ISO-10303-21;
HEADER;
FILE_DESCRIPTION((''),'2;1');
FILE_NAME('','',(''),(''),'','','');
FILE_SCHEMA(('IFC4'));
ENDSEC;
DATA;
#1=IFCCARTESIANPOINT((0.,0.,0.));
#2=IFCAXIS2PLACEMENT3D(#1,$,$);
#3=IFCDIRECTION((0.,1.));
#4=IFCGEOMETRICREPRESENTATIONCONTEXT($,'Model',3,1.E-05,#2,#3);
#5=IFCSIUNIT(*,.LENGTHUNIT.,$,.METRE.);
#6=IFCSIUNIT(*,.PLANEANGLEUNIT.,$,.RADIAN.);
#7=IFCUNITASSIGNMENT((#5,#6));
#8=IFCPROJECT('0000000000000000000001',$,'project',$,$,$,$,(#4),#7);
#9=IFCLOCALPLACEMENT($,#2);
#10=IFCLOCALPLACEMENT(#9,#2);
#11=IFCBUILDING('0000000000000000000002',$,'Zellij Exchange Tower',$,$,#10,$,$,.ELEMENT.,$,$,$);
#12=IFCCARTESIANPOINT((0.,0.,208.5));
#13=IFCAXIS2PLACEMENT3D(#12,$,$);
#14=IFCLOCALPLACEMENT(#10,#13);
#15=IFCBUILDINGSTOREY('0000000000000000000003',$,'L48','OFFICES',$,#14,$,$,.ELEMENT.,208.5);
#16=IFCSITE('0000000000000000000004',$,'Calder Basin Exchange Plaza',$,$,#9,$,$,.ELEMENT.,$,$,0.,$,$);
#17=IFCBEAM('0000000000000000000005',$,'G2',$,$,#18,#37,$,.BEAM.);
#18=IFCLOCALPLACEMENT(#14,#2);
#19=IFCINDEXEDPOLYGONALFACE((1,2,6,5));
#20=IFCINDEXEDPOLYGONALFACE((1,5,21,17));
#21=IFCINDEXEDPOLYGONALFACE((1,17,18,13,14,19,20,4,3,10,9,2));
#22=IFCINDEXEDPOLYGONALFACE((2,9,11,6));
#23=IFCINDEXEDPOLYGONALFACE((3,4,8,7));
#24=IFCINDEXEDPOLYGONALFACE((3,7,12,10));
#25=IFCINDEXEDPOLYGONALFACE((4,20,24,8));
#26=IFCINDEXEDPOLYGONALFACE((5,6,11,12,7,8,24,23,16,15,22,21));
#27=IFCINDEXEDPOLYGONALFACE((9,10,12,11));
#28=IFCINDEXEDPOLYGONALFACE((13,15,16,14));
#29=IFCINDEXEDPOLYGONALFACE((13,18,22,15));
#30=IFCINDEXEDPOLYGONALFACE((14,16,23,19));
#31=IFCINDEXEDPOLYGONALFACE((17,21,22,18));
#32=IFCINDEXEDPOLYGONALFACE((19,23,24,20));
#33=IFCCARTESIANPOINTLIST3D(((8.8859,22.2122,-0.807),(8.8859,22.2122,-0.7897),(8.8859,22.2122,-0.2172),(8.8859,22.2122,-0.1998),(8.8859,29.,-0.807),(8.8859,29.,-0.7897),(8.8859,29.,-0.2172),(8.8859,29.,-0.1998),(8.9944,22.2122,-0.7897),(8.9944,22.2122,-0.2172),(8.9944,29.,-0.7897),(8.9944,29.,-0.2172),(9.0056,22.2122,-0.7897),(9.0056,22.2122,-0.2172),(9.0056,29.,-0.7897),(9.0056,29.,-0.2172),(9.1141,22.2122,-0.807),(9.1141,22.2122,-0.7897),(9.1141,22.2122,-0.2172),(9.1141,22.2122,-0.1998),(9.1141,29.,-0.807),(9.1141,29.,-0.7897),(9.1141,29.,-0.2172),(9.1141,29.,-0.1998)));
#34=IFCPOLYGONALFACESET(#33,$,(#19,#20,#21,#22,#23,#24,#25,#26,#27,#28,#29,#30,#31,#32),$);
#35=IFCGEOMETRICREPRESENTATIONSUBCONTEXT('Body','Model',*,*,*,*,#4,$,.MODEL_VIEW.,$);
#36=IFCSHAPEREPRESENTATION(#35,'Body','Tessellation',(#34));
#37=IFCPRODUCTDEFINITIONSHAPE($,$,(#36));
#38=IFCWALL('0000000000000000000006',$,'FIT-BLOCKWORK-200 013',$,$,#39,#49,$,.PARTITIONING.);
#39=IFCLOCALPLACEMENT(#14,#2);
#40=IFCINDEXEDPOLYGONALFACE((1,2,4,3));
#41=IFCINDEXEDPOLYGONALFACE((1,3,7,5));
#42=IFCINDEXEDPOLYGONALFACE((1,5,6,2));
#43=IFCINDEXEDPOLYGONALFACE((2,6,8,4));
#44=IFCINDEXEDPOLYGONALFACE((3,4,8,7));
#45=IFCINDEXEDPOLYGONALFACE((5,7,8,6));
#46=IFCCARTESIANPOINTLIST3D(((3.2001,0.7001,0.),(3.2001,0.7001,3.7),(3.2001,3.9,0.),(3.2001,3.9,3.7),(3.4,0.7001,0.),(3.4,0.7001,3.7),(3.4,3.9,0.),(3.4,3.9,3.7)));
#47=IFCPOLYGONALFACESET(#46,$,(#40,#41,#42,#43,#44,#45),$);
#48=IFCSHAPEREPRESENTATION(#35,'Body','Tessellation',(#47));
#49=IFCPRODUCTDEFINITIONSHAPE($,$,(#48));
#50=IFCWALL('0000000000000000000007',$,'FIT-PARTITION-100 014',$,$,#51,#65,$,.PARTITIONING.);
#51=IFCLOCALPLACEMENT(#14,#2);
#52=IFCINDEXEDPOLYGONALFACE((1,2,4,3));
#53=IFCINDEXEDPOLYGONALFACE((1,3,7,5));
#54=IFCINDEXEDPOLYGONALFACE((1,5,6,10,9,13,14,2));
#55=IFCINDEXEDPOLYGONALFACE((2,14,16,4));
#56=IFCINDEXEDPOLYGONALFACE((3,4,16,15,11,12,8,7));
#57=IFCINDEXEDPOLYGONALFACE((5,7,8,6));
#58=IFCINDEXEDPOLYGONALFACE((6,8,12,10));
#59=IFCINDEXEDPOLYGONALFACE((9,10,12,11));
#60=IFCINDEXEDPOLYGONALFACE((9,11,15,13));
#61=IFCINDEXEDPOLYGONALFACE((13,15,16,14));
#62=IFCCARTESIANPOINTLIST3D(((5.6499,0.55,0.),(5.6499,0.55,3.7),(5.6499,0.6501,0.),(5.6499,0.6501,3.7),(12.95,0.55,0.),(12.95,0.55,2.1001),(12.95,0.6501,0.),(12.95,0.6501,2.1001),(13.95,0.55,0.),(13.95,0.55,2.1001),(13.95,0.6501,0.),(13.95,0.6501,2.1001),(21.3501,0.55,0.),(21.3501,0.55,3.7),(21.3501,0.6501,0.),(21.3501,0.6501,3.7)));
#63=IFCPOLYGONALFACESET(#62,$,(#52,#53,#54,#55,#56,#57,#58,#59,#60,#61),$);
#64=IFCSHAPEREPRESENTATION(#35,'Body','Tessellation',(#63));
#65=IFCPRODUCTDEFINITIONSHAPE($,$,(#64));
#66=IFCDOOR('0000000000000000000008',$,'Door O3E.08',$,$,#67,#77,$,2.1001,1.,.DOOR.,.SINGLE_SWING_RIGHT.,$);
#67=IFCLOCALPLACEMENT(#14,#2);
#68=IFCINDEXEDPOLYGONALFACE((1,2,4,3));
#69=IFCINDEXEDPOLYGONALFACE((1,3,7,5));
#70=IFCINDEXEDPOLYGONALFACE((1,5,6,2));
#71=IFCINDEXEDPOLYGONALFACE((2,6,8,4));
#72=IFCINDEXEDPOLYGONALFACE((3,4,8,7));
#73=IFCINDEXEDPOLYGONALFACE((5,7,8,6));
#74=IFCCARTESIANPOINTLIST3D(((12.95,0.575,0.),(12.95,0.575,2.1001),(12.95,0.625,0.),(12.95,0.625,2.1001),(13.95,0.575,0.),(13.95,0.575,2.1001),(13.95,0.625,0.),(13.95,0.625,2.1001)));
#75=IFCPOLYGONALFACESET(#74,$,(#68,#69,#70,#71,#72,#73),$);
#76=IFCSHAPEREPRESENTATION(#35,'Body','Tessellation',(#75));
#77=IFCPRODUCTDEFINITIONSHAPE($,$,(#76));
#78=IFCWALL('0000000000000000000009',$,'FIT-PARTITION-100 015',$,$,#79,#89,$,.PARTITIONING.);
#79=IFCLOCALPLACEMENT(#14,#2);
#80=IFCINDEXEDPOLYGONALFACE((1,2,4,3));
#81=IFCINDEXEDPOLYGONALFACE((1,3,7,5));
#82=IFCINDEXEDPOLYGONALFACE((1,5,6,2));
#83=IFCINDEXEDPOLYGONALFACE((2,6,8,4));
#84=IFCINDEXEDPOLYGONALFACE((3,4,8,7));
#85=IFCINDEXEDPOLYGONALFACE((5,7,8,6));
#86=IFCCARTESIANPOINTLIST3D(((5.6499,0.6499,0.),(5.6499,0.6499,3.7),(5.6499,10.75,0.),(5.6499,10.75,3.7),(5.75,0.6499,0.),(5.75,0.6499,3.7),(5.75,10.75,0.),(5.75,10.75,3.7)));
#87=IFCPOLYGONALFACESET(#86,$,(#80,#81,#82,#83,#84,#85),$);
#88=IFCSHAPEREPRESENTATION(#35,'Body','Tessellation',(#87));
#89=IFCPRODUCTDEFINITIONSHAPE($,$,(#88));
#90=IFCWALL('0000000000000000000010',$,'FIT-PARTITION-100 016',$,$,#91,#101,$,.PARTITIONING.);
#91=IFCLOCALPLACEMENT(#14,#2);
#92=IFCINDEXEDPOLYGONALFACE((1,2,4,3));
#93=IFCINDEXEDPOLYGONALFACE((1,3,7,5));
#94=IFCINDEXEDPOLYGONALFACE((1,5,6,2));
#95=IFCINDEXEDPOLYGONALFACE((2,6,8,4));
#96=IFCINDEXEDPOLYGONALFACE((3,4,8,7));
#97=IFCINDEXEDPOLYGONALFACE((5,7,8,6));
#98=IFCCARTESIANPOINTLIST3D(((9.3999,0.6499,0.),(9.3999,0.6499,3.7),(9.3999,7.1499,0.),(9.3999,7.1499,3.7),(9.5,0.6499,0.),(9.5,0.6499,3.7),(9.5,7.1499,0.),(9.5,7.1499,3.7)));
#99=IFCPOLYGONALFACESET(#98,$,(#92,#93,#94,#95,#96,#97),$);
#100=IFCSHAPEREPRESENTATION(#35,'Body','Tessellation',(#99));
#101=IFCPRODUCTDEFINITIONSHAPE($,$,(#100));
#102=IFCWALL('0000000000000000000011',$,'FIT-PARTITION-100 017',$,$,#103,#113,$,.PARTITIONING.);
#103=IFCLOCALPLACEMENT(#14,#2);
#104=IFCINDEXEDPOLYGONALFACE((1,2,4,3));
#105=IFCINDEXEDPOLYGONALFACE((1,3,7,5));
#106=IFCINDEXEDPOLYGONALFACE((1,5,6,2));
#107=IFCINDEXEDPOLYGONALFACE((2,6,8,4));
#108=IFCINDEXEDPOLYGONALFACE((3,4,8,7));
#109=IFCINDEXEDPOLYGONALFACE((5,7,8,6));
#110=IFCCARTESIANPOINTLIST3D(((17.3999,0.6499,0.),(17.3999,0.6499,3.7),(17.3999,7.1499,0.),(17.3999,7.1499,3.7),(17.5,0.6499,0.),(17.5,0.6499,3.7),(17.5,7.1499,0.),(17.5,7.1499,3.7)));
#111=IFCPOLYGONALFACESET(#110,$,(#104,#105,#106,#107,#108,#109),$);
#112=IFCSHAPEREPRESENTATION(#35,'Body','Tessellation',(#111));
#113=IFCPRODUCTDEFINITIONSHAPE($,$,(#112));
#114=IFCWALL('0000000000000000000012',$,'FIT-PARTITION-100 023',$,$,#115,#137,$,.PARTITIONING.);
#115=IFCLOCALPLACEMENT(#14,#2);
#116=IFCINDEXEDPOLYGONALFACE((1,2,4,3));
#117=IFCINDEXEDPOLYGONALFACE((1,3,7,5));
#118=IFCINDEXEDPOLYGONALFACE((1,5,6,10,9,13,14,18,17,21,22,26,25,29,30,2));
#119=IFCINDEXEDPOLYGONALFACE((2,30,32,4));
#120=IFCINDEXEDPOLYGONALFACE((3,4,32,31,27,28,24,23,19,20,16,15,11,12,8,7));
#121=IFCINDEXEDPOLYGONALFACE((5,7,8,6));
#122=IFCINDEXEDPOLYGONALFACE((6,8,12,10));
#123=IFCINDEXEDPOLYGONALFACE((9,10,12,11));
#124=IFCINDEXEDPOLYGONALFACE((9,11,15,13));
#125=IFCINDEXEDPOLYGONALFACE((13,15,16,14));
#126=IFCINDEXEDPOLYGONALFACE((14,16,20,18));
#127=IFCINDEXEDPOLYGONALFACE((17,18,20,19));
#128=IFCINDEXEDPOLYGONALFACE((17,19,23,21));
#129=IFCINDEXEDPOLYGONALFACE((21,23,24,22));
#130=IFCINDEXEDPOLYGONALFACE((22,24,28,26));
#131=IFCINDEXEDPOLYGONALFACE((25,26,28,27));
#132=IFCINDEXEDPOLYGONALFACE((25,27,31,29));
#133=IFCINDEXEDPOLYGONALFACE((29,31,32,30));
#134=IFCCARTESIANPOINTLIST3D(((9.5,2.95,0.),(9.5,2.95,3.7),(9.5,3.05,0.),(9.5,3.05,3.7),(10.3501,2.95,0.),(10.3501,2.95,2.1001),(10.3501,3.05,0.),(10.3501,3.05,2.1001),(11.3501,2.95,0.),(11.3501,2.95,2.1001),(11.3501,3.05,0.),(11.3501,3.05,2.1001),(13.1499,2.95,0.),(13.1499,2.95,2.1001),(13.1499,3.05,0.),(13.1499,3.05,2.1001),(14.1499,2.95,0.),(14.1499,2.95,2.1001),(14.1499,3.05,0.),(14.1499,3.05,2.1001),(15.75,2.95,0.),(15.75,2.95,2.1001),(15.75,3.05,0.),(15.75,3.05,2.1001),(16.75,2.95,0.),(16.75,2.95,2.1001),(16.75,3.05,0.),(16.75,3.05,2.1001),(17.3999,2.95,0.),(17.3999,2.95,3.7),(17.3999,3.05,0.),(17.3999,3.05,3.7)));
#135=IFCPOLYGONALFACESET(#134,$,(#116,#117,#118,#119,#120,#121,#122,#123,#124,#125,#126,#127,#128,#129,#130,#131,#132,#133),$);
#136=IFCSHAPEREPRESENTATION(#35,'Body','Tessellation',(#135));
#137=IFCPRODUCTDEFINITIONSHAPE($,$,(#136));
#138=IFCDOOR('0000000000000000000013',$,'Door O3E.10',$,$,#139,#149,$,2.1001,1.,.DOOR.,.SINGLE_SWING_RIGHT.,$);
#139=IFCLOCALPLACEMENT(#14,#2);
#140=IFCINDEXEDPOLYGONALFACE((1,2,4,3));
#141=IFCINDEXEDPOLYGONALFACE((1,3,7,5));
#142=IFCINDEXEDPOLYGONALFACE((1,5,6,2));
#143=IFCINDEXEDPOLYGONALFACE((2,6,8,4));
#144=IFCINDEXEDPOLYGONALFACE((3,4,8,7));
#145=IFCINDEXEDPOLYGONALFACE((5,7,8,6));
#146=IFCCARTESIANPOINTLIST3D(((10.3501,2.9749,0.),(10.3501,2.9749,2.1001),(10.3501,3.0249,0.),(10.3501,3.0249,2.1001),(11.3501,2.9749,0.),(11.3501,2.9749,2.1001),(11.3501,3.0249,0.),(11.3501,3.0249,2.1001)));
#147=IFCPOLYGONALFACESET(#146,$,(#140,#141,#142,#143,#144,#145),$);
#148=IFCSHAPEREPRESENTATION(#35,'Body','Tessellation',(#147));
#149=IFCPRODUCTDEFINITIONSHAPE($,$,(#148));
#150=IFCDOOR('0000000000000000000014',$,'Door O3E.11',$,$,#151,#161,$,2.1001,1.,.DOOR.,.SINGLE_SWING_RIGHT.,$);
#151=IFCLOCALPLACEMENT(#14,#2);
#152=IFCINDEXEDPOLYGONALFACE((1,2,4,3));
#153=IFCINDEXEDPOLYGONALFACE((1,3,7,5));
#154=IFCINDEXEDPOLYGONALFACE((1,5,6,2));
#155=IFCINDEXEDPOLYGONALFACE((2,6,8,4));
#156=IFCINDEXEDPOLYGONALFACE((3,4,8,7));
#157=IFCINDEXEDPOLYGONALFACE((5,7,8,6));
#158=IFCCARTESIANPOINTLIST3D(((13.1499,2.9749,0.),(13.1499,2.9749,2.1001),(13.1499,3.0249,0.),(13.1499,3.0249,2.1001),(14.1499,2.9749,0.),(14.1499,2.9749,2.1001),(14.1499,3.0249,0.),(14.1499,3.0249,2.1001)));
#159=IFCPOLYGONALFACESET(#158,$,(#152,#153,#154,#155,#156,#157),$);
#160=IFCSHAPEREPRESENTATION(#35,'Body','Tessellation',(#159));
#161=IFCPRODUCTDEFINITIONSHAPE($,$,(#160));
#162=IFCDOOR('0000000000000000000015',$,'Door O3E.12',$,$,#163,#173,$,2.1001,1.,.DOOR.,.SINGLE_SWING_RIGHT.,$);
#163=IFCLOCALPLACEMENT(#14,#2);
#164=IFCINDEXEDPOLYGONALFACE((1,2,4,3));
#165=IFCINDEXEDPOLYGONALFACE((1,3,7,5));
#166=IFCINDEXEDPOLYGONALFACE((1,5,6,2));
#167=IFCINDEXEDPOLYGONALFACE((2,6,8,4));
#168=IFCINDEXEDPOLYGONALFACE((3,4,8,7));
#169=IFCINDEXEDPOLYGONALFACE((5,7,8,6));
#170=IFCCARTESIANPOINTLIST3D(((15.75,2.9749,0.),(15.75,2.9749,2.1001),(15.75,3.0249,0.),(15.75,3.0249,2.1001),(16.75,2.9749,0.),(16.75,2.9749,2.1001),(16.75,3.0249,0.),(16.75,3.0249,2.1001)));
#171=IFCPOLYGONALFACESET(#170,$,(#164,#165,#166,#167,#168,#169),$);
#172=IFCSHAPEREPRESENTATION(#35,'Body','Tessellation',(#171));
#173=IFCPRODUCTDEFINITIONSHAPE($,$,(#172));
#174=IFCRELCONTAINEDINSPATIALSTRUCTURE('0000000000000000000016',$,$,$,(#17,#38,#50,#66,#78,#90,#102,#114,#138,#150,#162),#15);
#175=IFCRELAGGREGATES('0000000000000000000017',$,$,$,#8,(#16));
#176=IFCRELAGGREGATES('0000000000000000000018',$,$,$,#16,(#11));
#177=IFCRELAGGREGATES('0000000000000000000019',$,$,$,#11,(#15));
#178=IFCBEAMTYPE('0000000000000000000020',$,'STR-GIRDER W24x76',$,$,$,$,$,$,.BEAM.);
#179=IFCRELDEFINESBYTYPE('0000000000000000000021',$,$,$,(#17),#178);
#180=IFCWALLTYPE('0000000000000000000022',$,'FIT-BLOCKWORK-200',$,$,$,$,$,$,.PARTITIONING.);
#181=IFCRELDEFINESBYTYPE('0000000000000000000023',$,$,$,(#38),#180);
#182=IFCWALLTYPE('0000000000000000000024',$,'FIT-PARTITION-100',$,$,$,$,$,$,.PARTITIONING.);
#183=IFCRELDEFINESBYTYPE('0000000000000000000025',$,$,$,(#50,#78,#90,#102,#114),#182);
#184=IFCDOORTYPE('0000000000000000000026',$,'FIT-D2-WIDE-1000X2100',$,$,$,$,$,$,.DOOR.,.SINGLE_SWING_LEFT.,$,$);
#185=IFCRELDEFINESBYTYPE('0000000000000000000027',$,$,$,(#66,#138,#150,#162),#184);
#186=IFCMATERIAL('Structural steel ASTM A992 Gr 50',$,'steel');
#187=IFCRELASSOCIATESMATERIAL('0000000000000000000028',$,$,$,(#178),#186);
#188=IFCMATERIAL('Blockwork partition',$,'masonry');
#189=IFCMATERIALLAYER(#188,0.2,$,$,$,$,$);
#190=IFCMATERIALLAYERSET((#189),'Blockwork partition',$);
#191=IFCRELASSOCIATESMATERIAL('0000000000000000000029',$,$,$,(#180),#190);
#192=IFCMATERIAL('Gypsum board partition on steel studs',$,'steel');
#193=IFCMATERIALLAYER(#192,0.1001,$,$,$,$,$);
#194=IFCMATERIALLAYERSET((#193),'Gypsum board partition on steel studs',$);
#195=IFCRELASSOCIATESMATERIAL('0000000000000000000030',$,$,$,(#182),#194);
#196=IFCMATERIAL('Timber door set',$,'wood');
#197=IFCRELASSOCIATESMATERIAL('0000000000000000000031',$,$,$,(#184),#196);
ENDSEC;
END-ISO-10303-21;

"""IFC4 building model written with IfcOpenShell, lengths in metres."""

from ifc_helpers import new_model, si_unit, direction, frame, frame_2d, origin, origin_2d, place, context, subcontext, project, spatial, rectangle, i_section, extrude, material, layer, layer_set, material_profile, profile_set, type_object, element, fill, save


model = new_model("IFC4")

# Units and contexts
model_context = context("Model", 3, precision=1e-05, world=origin(), true_north=direction((0.0, 1.0)))
body_context = subcontext(model_context, "Body", "Model", "MODEL_VIEW")
ifc_project = project(units=[si_unit("LENGTHUNIT", "METRE"), si_unit("PLANEANGLEUNIT", "RADIAN")], contexts=[model_context])

# Site, building, storey
site_placement = place(None, origin())
site = spatial("IfcSite", under=ifc_project, at=site_placement, Name="Calder Basin Exchange Plaza", CompositionType="ELEMENT", RefElevation=0.0)
building_placement = place(site_placement, origin())
building = spatial("IfcBuilding", under=site, at=building_placement, Name="Zellij Exchange Tower", CompositionType="ELEMENT")
storey_placement = place(building_placement, frame((0.0, 0.0, 208.5)))
storey = spatial("IfcBuildingStorey", under=building, at=storey_placement, Name="L48", Description="OFFICES", CompositionType="ELEMENT", Elevation=208.5)

# Beam
ifc_material_1 = material(Name="Structural steel ASTM A992 Gr 50", Category="steel")
ifc_material_profile_1 = material_profile(ifc_material_1, i_section(OverallWidth=0.2283, OverallDepth=0.6072, WebThickness=0.0112, FlangeThickness=0.0173, at=origin_2d()), Name="W24x76")
ifc_profile_set_1 = profile_set([ifc_material_profile_1], Name="Structural steel ASTM A992 Gr 50")
beam_type = type_object("IfcBeamType", Name="STR-GIRDER W24x76", PredefinedType="BEAM", material=ifc_profile_set_1)
beam_1_placement = place(storey_placement, frame((9.0, 22.2122, -0.5034), z_axis=(0.0, 1.0, 0.0), x_axis=(-1.0, 0.0, 0.0)))
element("IfcBeam", 1, at=beam_1_placement, inside=storey, type_object=beam_type, Name="G2", PredefinedType="BEAM", context=body_context, shape_type="SweptSolid", body=[
    extrude(i_section(OverallWidth=0.2283, OverallDepth=0.6072, WebThickness=0.0112, FlangeThickness=0.0173, at=origin_2d()), origin(), (0.0, 0.0, 1.0), 6.7878),
])

# Wall
ifc_material_2 = material(Name="Blockwork partition", Category="masonry")
ifc_layer_1 = layer(ifc_material_2, 0.2)
ifc_layer_set_1 = layer_set([ifc_layer_1], Name="Blockwork partition")
wall_type_1 = type_object("IfcWallType", Name="FIT-BLOCKWORK-200", PredefinedType="PARTITIONING", material=ifc_layer_set_1)
wall_1_placement = place(storey_placement, frame((3.3, 0.7, 0.0), z_axis=(0.0, 0.0, 1.0), x_axis=(0.0, 1.0, 0.0)))
element("IfcWall", 2, at=wall_1_placement, inside=storey, type_object=wall_type_1, Name="FIT-BLOCKWORK-200 013", PredefinedType="PARTITIONING", context=body_context, shape_type="SweptSolid", body=[
    extrude(rectangle(XDim=3.2, YDim=0.2, at=frame_2d((1.6001, 0.0))), origin(), (0.0, 0.0, 1.0), 3.7),
])

# Wall, opening, door
ifc_material_3 = material(Name="Gypsum board partition on steel studs", Category="steel")
ifc_layer_2 = layer(ifc_material_3, 0.1001)
ifc_layer_set_2 = layer_set([ifc_layer_2], Name="Gypsum board partition on steel studs")
wall_type_2 = type_object("IfcWallType", Name="FIT-PARTITION-100", PredefinedType="PARTITIONING", material=ifc_layer_set_2)
wall_2_placement = place(storey_placement, frame((5.6499, 0.6001, 0.0), z_axis=(0.0, 0.0, 1.0), x_axis=(1.0, 0.0, 0.0)))
wall_2 = element("IfcWall", 3, at=wall_2_placement, inside=storey, type_object=wall_type_2, Name="FIT-PARTITION-100 014", PredefinedType="PARTITIONING", context=body_context, shape_type="SweptSolid", body=[
    extrude(rectangle(XDim=15.7002, YDim=0.1001, at=frame_2d((7.8501, 0.0))), origin(), (0.0, 0.0, 1.0), 3.7),
])
opening_1_placement = place(wall_2_placement, frame((7.3, 0.0, 0.0)))
opening_1 = element("IfcOpeningElement", 4, at=opening_1_placement, cuts=wall_2, PredefinedType="OPENING", context=body_context, shape_type="SweptSolid", body=[
    extrude(rectangle(XDim=1.0, YDim=2.1001, at=frame_2d((0.5, 1.05))), frame((0.0, 0.062, 0.0), z_axis=(0.0, -1.0, 0.0), x_axis=(1.0, 0.0, 0.0)), (0.0, 0.0, 1.0), 0.124),
])
ifc_material_4 = material(Name="Timber door set", Category="wood")
door_type = type_object("IfcDoorType", Name="FIT-D2-WIDE-1000X2100", OperationType="SINGLE_SWING_LEFT", PredefinedType="DOOR", material=ifc_material_4)
door_1_placement = place(opening_1_placement, origin())
door_1 = element("IfcDoor", 5, at=door_1_placement, inside=storey, type_object=door_type, Name="Door O3E.08", OperationType="SINGLE_SWING_RIGHT", OverallHeight=2.1001, OverallWidth=1.0, PredefinedType="DOOR", context=body_context, shape_type="SweptSolid", body=[
    extrude(rectangle(XDim=1.0, YDim=2.1001, at=frame_2d((0.5, 1.05))), frame((0.0, 0.0249, 0.0), z_axis=(0.0, -1.0, 0.0), x_axis=(1.0, 0.0, 0.0)), (0.0, 0.0, 1.0), 0.05),
])
fill(opening_1, door_1)

# Walls
wall_3_placement = place(storey_placement, frame((5.7, 0.6499, 0.0), z_axis=(0.0, 0.0, 1.0), x_axis=(0.0, 1.0, 0.0)))
element("IfcWall", 6, at=wall_3_placement, inside=storey, type_object=wall_type_2, Name="FIT-PARTITION-100 015", PredefinedType="PARTITIONING", context=body_context, shape_type="SweptSolid", body=[
    extrude(rectangle(XDim=10.1001, YDim=0.1001, at=frame_2d((5.05, 0.0))), origin(), (0.0, 0.0, 1.0), 3.7),
])
for number, where, z_axis, x_axis, name in (
    (7, (9.45, 0.6499, 0.0), (0.0, 0.0, 1.0), (0.0, 1.0, 0.0), "FIT-PARTITION-100 016"),
    (8, (17.45, 0.6499, 0.0), (0.0, 0.0, 1.0), (0.0, 1.0, 0.0), "FIT-PARTITION-100 017"),
):
    element("IfcWall", number, at=place(storey_placement, frame(where, z_axis=z_axis, x_axis=x_axis)), inside=storey, type_object=wall_type_2, Name=name, PredefinedType="PARTITIONING", context=body_context, shape_type="SweptSolid", body=[
        extrude(rectangle(XDim=6.5, YDim=0.1001, at=frame_2d((3.25, 0.0))), origin(), (0.0, 0.0, 1.0), 3.7),
    ])

# Wall, openings, doors
wall_4_placement = place(storey_placement, frame((9.5, 3.0, 0.0), z_axis=(0.0, 0.0, 1.0), x_axis=(1.0, 0.0, 0.0)))
wall_4 = element("IfcWall", 9, at=wall_4_placement, inside=storey, type_object=wall_type_2, Name="FIT-PARTITION-100 023", PredefinedType="PARTITIONING", context=body_context, shape_type="SweptSolid", body=[
    extrude(rectangle(XDim=7.8999, YDim=0.1001, at=frame_2d((3.95, 0.0))), origin(), (0.0, 0.0, 1.0), 3.7),
])
opening_2_placement = place(wall_4_placement, frame((0.8501, 0.0, 0.0)))
opening_2 = element("IfcOpeningElement", 10, at=opening_2_placement, cuts=wall_4, PredefinedType="OPENING", context=body_context, shape_type="SweptSolid", body=[
    extrude(rectangle(XDim=1.0, YDim=2.1001, at=frame_2d((0.5, 1.05))), frame((0.0, 0.062, 0.0), z_axis=(0.0, -1.0, 0.0), x_axis=(1.0, 0.0, 0.0)), (0.0, 0.0, 1.0), 0.124),
])
opening_3_placement = place(wall_4_placement, frame((3.6499, 0.0, 0.0)))
opening_3 = element("IfcOpeningElement", 11, at=opening_3_placement, cuts=wall_4, PredefinedType="OPENING", context=body_context, shape_type="SweptSolid", body=[
    extrude(rectangle(XDim=1.0, YDim=2.1001, at=frame_2d((0.5, 1.05))), frame((0.0, 0.062, 0.0), z_axis=(0.0, -1.0, 0.0), x_axis=(1.0, 0.0, 0.0)), (0.0, 0.0, 1.0), 0.124),
])
opening_4_placement = place(wall_4_placement, frame((6.25, 0.0, 0.0)))
opening_4 = element("IfcOpeningElement", 12, at=opening_4_placement, cuts=wall_4, PredefinedType="OPENING", context=body_context, shape_type="SweptSolid", body=[
    extrude(rectangle(XDim=1.0, YDim=2.1001, at=frame_2d((0.5, 1.05))), frame((0.0, 0.062, 0.0), z_axis=(0.0, -1.0, 0.0), x_axis=(1.0, 0.0, 0.0)), (0.0, 0.0, 1.0), 0.124),
])
door_2_placement = place(opening_2_placement, origin())
door_2 = element("IfcDoor", 13, at=door_2_placement, inside=storey, type_object=door_type, Name="Door O3E.10", OperationType="SINGLE_SWING_RIGHT", OverallHeight=2.1001, OverallWidth=1.0, PredefinedType="DOOR", context=body_context, shape_type="SweptSolid", body=[
    extrude(rectangle(XDim=1.0, YDim=2.1001, at=frame_2d((0.5, 1.05))), frame((0.0, 0.0249, 0.0), z_axis=(0.0, -1.0, 0.0), x_axis=(1.0, 0.0, 0.0)), (0.0, 0.0, 1.0), 0.05),
])
fill(opening_2, door_2)
door_3_placement = place(opening_3_placement, origin())
door_3 = element("IfcDoor", 14, at=door_3_placement, inside=storey, type_object=door_type, Name="Door O3E.11", OperationType="SINGLE_SWING_RIGHT", OverallHeight=2.1001, OverallWidth=1.0, PredefinedType="DOOR", context=body_context, shape_type="SweptSolid", body=[
    extrude(rectangle(XDim=1.0, YDim=2.1001, at=frame_2d((0.5, 1.05))), frame((0.0, 0.0249, 0.0), z_axis=(0.0, -1.0, 0.0), x_axis=(1.0, 0.0, 0.0)), (0.0, 0.0, 1.0), 0.05),
])
fill(opening_3, door_3)
door_4_placement = place(opening_4_placement, origin())
door_4 = element("IfcDoor", 15, at=door_4_placement, inside=storey, type_object=door_type, Name="Door O3E.12", OperationType="SINGLE_SWING_RIGHT", OverallHeight=2.1001, OverallWidth=1.0, PredefinedType="DOOR", context=body_context, shape_type="SweptSolid", body=[
    extrude(rectangle(XDim=1.0, YDim=2.1001, at=frame_2d((0.5, 1.05))), frame((0.0, 0.0249, 0.0), z_axis=(0.0, -1.0, 0.0), x_axis=(1.0, 0.0, 0.0)), (0.0, 0.0, 1.0), 0.05),
])
fill(opening_4, door_4)

save(model, "model.ifc")
